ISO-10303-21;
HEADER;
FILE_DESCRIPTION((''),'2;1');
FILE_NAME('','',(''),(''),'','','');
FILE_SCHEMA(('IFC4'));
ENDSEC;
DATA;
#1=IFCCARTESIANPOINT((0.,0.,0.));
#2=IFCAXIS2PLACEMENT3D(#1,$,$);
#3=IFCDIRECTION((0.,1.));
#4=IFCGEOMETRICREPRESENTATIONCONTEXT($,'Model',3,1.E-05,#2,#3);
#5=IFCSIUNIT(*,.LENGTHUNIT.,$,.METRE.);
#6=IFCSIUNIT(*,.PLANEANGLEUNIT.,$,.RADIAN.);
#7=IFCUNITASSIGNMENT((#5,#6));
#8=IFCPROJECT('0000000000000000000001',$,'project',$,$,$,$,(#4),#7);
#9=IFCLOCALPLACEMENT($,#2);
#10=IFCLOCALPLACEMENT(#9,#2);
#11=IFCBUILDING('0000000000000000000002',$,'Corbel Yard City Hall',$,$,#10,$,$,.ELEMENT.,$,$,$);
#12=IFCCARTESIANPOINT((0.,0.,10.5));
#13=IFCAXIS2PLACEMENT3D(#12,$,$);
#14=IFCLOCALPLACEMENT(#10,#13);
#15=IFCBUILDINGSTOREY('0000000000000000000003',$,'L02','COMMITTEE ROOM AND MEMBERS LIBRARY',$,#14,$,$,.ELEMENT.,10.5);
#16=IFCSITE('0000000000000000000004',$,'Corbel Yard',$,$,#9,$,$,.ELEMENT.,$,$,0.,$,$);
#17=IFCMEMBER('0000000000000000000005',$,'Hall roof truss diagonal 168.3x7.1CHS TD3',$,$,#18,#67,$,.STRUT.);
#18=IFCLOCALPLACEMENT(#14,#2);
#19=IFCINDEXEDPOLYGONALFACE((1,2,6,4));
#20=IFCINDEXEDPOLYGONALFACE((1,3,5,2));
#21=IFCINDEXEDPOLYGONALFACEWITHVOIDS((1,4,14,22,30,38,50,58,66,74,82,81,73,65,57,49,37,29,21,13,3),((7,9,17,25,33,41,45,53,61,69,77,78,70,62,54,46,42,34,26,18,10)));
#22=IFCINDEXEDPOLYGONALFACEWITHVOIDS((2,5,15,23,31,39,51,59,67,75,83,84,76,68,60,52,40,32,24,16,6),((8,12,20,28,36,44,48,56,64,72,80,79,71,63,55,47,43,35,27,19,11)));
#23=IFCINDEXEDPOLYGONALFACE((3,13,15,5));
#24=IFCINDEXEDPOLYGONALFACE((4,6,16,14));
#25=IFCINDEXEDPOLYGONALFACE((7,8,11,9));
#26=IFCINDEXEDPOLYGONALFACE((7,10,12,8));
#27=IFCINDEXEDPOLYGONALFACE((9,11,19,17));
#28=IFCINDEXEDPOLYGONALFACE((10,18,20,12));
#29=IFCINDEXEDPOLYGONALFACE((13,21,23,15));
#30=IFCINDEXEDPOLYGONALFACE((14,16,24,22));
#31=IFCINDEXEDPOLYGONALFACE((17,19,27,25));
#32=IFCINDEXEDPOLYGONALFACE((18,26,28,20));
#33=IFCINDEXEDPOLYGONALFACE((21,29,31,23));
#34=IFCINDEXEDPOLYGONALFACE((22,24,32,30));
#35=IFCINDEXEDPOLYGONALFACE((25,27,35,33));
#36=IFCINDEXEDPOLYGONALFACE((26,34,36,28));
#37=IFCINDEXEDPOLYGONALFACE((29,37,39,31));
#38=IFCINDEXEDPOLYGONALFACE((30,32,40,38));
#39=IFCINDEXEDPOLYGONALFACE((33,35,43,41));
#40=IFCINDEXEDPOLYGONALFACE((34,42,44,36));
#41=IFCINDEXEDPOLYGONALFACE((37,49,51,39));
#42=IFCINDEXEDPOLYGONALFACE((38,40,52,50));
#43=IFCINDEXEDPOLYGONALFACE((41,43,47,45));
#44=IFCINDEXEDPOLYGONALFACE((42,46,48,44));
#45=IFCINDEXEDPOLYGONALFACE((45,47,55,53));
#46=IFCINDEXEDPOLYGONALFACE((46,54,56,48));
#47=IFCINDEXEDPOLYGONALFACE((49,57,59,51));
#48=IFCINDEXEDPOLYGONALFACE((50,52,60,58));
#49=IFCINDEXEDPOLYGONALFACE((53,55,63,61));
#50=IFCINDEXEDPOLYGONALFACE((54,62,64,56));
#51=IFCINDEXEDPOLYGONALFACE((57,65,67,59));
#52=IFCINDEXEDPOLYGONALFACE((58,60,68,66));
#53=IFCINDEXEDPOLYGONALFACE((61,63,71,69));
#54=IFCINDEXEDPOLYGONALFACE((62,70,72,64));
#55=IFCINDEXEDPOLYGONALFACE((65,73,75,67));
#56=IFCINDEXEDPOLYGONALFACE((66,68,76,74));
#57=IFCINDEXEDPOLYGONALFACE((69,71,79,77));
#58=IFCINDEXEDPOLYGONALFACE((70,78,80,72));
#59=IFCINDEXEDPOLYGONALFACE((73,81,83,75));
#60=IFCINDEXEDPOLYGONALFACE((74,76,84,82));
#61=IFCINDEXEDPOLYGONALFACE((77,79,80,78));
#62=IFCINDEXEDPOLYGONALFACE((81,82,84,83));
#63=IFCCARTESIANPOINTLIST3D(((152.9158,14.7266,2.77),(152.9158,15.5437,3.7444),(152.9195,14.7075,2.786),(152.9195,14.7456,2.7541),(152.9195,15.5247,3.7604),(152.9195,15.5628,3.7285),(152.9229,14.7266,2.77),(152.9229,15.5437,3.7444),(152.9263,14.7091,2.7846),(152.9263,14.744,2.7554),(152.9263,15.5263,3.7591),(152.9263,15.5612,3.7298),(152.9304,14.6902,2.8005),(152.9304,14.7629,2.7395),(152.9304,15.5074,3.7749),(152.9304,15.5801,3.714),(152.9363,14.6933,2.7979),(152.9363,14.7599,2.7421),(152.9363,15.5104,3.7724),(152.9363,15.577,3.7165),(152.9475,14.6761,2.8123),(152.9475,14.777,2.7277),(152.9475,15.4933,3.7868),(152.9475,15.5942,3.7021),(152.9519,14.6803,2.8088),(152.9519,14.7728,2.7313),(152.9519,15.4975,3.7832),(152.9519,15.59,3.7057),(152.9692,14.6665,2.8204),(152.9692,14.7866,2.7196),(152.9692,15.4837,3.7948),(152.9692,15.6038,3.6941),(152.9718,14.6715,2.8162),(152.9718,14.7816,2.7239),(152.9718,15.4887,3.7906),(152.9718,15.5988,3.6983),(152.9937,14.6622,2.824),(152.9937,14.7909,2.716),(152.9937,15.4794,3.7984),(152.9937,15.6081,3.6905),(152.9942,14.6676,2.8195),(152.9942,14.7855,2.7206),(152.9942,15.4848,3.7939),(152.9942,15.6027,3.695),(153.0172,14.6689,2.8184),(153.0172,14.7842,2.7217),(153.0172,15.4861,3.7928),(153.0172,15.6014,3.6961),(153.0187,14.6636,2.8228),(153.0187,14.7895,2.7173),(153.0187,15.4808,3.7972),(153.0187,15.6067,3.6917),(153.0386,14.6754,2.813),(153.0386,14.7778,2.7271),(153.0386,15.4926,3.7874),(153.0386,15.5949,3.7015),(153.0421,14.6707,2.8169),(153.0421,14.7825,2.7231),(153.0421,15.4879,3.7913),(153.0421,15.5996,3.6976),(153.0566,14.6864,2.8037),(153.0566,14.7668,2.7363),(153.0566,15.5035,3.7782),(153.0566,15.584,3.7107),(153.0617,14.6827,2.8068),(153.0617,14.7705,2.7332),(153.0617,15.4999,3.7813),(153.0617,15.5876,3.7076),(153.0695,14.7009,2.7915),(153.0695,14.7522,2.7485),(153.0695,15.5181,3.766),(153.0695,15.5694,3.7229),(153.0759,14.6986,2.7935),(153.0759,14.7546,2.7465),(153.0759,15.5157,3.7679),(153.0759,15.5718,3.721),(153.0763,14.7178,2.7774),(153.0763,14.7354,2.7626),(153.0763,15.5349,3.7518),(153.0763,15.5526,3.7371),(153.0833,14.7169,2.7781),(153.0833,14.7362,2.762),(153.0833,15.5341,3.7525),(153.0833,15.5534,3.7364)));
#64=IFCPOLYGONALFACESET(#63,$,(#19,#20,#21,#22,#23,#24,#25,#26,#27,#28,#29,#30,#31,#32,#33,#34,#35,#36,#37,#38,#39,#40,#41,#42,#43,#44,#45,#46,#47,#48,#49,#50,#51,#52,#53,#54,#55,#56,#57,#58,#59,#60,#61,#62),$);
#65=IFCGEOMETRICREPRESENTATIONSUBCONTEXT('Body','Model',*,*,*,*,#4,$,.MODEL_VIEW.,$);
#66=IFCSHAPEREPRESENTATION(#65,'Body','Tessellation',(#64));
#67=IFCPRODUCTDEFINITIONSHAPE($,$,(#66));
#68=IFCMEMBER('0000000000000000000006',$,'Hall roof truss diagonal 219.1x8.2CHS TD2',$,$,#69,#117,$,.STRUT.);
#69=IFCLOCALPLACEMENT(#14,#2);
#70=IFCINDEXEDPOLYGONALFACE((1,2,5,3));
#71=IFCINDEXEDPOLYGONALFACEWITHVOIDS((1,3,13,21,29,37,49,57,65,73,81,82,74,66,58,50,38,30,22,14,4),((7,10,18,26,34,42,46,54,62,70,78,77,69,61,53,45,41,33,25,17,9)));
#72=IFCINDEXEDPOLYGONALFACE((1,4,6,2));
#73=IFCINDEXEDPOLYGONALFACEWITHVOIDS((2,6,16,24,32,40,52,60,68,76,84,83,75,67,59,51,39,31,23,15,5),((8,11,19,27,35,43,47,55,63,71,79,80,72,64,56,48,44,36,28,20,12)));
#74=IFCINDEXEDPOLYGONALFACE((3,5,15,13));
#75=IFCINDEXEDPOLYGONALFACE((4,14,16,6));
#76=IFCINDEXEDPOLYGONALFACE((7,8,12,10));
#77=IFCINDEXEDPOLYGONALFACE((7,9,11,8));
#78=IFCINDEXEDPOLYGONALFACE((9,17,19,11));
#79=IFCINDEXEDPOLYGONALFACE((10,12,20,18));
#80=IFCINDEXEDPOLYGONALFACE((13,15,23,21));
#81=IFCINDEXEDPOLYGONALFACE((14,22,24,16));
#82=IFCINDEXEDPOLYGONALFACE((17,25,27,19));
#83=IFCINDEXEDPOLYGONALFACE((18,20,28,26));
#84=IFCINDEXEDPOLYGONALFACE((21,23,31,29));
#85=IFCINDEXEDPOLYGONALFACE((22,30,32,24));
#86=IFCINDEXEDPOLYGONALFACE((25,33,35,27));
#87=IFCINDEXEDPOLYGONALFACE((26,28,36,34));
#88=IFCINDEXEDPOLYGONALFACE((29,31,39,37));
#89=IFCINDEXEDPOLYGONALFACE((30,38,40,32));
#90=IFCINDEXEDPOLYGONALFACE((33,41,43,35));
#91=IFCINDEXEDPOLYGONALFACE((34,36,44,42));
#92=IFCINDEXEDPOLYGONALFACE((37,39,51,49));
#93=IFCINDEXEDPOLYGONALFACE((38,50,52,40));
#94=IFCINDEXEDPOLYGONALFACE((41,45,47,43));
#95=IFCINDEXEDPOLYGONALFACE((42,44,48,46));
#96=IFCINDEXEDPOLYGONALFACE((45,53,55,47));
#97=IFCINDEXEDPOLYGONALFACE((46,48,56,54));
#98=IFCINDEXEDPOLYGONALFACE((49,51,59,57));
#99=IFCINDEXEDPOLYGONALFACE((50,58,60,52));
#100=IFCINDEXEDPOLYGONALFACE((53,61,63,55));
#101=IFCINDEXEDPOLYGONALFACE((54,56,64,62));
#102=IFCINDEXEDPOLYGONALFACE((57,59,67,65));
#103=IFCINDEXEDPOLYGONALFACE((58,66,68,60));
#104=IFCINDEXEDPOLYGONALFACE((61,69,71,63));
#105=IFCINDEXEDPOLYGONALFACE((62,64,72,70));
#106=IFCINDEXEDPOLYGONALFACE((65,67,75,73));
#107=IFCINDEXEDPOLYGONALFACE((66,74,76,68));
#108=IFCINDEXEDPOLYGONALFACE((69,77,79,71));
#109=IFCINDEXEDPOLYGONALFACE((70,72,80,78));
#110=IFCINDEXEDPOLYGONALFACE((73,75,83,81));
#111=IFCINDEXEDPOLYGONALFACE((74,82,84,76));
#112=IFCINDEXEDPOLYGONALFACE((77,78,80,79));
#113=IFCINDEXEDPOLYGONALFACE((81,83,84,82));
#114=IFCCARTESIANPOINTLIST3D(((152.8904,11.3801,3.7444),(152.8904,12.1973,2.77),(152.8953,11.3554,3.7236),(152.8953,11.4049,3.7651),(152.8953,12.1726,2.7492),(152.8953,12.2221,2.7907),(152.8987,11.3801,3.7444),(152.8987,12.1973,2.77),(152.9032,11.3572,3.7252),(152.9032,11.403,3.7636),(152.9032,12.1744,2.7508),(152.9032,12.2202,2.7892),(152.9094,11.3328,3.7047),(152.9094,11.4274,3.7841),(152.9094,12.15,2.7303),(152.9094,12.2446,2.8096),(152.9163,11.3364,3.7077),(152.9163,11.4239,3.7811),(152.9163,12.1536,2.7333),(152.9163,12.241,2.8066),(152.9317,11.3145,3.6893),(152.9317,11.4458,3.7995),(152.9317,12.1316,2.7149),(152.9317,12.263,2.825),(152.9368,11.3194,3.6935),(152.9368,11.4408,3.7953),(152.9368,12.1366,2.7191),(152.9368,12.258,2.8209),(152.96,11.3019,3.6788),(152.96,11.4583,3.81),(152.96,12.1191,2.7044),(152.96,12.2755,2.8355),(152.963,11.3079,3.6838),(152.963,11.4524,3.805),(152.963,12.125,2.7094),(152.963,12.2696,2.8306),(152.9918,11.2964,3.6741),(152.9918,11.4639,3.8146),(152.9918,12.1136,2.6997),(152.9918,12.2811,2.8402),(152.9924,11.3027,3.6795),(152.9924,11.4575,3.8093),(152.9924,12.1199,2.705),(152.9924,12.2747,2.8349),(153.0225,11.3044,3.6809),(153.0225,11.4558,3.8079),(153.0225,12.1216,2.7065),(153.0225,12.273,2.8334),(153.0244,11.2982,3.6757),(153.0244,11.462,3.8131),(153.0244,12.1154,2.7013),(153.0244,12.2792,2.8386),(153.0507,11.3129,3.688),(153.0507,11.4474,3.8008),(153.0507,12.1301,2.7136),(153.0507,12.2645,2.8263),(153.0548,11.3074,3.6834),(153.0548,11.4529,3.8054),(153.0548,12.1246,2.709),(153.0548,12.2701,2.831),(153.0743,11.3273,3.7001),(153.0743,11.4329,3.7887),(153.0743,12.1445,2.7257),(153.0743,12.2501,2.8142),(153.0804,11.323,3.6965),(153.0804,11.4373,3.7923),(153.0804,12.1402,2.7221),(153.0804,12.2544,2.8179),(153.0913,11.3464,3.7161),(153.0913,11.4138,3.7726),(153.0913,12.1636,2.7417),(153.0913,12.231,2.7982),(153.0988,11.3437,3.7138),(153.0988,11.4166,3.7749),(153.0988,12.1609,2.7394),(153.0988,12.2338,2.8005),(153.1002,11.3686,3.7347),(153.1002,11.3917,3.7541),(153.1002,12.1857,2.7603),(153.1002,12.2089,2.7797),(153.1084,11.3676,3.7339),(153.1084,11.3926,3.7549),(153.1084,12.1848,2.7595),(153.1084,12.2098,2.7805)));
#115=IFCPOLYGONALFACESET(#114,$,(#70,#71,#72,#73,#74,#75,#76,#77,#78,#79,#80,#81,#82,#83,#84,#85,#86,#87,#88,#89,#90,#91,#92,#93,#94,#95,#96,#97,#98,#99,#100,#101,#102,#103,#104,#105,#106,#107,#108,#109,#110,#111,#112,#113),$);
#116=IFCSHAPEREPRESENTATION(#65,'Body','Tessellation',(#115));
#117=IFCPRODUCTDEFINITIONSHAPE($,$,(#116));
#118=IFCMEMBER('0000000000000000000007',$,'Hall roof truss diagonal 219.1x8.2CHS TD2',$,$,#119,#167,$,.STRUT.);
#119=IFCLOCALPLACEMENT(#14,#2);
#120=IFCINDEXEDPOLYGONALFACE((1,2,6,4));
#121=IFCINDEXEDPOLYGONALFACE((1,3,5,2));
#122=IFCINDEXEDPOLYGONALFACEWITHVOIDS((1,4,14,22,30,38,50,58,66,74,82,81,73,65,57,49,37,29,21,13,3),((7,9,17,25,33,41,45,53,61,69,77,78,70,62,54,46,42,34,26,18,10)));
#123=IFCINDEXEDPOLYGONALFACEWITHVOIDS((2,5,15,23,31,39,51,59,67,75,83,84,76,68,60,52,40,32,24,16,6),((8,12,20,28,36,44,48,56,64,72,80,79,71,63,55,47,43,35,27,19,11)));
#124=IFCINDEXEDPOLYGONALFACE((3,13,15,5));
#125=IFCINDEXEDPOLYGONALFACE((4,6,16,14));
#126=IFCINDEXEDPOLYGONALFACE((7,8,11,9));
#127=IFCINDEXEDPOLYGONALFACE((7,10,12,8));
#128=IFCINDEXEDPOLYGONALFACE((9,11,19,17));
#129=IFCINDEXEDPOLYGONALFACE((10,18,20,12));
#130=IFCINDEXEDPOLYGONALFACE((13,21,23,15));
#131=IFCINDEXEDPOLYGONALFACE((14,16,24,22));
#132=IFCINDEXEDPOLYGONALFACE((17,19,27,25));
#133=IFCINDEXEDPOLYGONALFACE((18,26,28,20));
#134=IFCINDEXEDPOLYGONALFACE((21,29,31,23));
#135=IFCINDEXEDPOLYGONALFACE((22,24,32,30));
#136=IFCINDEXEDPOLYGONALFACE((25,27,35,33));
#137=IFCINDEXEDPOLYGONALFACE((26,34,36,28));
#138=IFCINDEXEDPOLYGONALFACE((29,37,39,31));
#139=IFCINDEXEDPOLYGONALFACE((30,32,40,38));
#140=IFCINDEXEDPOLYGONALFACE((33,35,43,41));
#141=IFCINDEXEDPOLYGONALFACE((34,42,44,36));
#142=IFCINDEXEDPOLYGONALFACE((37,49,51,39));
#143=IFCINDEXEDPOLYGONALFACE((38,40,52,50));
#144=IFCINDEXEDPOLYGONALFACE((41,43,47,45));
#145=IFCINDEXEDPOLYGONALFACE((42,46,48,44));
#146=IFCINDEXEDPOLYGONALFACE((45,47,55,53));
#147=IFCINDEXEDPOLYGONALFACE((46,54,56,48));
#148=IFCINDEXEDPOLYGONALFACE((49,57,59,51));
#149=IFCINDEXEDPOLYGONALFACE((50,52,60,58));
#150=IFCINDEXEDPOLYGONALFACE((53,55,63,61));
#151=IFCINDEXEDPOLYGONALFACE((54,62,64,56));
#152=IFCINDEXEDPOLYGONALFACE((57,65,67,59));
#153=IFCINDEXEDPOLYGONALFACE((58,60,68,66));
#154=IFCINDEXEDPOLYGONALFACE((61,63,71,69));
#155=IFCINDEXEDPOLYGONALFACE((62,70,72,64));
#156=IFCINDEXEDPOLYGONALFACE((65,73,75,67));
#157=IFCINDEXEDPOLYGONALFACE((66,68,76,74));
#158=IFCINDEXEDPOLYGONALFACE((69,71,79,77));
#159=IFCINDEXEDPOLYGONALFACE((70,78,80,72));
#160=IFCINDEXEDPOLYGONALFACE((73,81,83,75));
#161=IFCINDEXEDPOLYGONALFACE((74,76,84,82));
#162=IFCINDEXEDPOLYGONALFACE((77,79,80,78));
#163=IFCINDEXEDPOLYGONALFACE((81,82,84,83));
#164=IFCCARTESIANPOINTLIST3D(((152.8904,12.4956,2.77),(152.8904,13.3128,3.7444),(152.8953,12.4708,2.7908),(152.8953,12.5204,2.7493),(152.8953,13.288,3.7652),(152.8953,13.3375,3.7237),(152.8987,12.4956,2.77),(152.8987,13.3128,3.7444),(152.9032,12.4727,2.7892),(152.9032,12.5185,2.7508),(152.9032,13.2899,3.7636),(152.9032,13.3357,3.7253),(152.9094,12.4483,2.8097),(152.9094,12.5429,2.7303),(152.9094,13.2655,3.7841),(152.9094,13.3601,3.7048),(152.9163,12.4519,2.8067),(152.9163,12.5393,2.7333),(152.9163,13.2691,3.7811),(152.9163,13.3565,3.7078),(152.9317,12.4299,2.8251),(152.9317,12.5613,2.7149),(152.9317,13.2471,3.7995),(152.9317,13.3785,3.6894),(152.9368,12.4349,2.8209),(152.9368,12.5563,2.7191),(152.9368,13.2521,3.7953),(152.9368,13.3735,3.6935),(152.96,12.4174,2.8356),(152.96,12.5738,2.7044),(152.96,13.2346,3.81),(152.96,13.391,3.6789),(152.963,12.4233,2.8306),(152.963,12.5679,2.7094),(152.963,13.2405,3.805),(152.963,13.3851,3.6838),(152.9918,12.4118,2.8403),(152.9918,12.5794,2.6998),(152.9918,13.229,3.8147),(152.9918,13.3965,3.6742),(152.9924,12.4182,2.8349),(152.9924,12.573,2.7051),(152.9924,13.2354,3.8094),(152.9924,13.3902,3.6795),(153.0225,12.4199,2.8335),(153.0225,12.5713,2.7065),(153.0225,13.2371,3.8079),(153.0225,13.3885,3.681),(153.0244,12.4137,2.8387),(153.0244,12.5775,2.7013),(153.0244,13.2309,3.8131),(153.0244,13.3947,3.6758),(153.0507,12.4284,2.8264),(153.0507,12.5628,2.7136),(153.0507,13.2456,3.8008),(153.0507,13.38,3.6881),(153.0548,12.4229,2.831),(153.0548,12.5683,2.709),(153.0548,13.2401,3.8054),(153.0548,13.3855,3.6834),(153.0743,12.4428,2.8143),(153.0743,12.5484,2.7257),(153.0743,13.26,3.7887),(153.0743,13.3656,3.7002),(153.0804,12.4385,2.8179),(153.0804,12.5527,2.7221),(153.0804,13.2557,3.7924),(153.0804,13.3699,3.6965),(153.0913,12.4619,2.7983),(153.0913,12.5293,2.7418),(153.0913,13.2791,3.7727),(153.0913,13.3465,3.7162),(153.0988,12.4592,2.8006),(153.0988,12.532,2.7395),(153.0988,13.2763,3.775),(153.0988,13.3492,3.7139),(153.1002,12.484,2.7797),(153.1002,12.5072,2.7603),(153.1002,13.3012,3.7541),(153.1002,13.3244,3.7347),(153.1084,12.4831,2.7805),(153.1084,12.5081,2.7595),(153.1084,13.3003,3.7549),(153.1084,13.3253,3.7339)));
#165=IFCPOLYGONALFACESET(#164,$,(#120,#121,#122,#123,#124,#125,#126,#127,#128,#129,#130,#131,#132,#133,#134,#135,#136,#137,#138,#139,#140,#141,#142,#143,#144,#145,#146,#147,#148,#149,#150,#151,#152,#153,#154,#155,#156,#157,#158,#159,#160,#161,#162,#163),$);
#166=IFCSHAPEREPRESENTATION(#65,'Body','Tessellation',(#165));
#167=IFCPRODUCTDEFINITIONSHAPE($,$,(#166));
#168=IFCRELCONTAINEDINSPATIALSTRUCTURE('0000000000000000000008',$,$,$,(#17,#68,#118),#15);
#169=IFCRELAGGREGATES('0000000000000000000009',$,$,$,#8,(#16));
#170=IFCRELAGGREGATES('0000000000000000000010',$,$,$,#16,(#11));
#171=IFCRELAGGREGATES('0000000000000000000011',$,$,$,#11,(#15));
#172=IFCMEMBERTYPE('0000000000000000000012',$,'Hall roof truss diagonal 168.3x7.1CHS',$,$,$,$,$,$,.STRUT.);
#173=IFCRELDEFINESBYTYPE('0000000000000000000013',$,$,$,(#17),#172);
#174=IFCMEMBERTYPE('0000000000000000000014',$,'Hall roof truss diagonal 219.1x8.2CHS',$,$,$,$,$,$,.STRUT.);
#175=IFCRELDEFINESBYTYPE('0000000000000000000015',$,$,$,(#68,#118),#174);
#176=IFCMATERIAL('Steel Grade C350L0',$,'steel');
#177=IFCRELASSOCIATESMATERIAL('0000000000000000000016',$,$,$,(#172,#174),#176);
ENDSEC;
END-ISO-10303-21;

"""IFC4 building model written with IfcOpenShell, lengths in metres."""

from ifc_helpers import new_model, si_unit, direction, frame, origin, origin_2d, place, context, subcontext, project, spatial, hollow_circle, extrude, material, material_profile, profile_set, type_object, element, save


model = new_model("IFC4")

# Units and contexts
model_context = context("Model", 3, precision=1e-05, world=origin(), true_north=direction((0.0, 1.0)))
body_context = subcontext(model_context, "Body", "Model", "MODEL_VIEW")
ifc_project = project(units=[si_unit("LENGTHUNIT", "METRE"), si_unit("PLANEANGLEUNIT", "RADIAN")], contexts=[model_context])

# Site, building, storey
site_placement = place(None, origin())
site = spatial("IfcSite", under=ifc_project, at=site_placement, Name="Corbel Yard", CompositionType="ELEMENT", RefElevation=0.0)
building_placement = place(site_placement, origin())
building = spatial("IfcBuilding", under=site, at=building_placement, Name="Corbel Yard City Hall", CompositionType="ELEMENT")
storey_placement = place(building_placement, frame((0.0, 0.0, 10.5)))
storey = spatial("IfcBuildingStorey", under=building, at=storey_placement, Name="L02", Description="COMMITTEE ROOM AND MEMBERS LIBRARY", CompositionType="ELEMENT", Elevation=10.5)

# Members
ifc_material_1 = material(Name="Steel Grade C350L0", Category="steel")
ifc_material_profile_1 = material_profile(ifc_material_1, hollow_circle(Radius=0.0842, WallThickness=0.0071, at=origin_2d()), Name="168.3x7.1CHS")
ifc_profile_set_1 = profile_set([ifc_material_profile_1], Name="Steel Grade C350L0")
member_type_1 = type_object("IfcMemberType", Name="Hall roof truss diagonal 168.3x7.1CHS", PredefinedType="STRUT", material=ifc_profile_set_1)
for number, where, z_axis, x_axis, name in (
    (1, (153.0, 14.7266, 2.77), (0.0, 0.64258, 0.766219), (-1.0, 0.0, 0.0), "Hall roof truss diagonal 168.3x7.1CHS TD3"),
):
    element("IfcMember", number, at=place(storey_placement, frame(where, z_axis=z_axis, x_axis=x_axis)), inside=storey, type_object=member_type_1, Name=name, PredefinedType="STRUT", context=body_context, shape_type="SweptSolid", body=[
        extrude(hollow_circle(Radius=0.0842, WallThickness=0.0071, at=origin_2d()), origin(), (0.0, 0.0, 1.0), 1.2717),
    ])
ifc_material_profile_2 = material_profile(ifc_material_1, hollow_circle(Radius=0.1096, WallThickness=0.0083, at=origin_2d()), Name="219.1x8.2CHS")
ifc_profile_set_2 = profile_set([ifc_material_profile_2], Name="Steel Grade C350L0")
member_type_2 = type_object("IfcMemberType", Name="Hall roof truss diagonal 219.1x8.2CHS", PredefinedType="STRUT", material=ifc_profile_set_2)
for number, where, z_axis, x_axis, name in (
    (2, (153.0, 11.3801, 3.7444), (0.0, 0.64258, -0.766219), (-1.0, 0.0, 0.0), "Hall roof truss diagonal 219.1x8.2CHS TD2"),
    (3, (153.0, 12.4956, 2.77), (0.0, 0.64258, 0.766219), (-1.0, 0.0, 0.0), "Hall roof truss diagonal 219.1x8.2CHS TD2"),
):
    element("IfcMember", number, at=place(storey_placement, frame(where, z_axis=z_axis, x_axis=x_axis)), inside=storey, type_object=member_type_2, Name=name, PredefinedType="STRUT", context=body_context, shape_type="SweptSolid", body=[
        extrude(hollow_circle(Radius=0.1096, WallThickness=0.0083, at=origin_2d()), origin(), (0.0, 0.0, 1.0), 1.2717),
    ])

save(model, "model.ifc")
